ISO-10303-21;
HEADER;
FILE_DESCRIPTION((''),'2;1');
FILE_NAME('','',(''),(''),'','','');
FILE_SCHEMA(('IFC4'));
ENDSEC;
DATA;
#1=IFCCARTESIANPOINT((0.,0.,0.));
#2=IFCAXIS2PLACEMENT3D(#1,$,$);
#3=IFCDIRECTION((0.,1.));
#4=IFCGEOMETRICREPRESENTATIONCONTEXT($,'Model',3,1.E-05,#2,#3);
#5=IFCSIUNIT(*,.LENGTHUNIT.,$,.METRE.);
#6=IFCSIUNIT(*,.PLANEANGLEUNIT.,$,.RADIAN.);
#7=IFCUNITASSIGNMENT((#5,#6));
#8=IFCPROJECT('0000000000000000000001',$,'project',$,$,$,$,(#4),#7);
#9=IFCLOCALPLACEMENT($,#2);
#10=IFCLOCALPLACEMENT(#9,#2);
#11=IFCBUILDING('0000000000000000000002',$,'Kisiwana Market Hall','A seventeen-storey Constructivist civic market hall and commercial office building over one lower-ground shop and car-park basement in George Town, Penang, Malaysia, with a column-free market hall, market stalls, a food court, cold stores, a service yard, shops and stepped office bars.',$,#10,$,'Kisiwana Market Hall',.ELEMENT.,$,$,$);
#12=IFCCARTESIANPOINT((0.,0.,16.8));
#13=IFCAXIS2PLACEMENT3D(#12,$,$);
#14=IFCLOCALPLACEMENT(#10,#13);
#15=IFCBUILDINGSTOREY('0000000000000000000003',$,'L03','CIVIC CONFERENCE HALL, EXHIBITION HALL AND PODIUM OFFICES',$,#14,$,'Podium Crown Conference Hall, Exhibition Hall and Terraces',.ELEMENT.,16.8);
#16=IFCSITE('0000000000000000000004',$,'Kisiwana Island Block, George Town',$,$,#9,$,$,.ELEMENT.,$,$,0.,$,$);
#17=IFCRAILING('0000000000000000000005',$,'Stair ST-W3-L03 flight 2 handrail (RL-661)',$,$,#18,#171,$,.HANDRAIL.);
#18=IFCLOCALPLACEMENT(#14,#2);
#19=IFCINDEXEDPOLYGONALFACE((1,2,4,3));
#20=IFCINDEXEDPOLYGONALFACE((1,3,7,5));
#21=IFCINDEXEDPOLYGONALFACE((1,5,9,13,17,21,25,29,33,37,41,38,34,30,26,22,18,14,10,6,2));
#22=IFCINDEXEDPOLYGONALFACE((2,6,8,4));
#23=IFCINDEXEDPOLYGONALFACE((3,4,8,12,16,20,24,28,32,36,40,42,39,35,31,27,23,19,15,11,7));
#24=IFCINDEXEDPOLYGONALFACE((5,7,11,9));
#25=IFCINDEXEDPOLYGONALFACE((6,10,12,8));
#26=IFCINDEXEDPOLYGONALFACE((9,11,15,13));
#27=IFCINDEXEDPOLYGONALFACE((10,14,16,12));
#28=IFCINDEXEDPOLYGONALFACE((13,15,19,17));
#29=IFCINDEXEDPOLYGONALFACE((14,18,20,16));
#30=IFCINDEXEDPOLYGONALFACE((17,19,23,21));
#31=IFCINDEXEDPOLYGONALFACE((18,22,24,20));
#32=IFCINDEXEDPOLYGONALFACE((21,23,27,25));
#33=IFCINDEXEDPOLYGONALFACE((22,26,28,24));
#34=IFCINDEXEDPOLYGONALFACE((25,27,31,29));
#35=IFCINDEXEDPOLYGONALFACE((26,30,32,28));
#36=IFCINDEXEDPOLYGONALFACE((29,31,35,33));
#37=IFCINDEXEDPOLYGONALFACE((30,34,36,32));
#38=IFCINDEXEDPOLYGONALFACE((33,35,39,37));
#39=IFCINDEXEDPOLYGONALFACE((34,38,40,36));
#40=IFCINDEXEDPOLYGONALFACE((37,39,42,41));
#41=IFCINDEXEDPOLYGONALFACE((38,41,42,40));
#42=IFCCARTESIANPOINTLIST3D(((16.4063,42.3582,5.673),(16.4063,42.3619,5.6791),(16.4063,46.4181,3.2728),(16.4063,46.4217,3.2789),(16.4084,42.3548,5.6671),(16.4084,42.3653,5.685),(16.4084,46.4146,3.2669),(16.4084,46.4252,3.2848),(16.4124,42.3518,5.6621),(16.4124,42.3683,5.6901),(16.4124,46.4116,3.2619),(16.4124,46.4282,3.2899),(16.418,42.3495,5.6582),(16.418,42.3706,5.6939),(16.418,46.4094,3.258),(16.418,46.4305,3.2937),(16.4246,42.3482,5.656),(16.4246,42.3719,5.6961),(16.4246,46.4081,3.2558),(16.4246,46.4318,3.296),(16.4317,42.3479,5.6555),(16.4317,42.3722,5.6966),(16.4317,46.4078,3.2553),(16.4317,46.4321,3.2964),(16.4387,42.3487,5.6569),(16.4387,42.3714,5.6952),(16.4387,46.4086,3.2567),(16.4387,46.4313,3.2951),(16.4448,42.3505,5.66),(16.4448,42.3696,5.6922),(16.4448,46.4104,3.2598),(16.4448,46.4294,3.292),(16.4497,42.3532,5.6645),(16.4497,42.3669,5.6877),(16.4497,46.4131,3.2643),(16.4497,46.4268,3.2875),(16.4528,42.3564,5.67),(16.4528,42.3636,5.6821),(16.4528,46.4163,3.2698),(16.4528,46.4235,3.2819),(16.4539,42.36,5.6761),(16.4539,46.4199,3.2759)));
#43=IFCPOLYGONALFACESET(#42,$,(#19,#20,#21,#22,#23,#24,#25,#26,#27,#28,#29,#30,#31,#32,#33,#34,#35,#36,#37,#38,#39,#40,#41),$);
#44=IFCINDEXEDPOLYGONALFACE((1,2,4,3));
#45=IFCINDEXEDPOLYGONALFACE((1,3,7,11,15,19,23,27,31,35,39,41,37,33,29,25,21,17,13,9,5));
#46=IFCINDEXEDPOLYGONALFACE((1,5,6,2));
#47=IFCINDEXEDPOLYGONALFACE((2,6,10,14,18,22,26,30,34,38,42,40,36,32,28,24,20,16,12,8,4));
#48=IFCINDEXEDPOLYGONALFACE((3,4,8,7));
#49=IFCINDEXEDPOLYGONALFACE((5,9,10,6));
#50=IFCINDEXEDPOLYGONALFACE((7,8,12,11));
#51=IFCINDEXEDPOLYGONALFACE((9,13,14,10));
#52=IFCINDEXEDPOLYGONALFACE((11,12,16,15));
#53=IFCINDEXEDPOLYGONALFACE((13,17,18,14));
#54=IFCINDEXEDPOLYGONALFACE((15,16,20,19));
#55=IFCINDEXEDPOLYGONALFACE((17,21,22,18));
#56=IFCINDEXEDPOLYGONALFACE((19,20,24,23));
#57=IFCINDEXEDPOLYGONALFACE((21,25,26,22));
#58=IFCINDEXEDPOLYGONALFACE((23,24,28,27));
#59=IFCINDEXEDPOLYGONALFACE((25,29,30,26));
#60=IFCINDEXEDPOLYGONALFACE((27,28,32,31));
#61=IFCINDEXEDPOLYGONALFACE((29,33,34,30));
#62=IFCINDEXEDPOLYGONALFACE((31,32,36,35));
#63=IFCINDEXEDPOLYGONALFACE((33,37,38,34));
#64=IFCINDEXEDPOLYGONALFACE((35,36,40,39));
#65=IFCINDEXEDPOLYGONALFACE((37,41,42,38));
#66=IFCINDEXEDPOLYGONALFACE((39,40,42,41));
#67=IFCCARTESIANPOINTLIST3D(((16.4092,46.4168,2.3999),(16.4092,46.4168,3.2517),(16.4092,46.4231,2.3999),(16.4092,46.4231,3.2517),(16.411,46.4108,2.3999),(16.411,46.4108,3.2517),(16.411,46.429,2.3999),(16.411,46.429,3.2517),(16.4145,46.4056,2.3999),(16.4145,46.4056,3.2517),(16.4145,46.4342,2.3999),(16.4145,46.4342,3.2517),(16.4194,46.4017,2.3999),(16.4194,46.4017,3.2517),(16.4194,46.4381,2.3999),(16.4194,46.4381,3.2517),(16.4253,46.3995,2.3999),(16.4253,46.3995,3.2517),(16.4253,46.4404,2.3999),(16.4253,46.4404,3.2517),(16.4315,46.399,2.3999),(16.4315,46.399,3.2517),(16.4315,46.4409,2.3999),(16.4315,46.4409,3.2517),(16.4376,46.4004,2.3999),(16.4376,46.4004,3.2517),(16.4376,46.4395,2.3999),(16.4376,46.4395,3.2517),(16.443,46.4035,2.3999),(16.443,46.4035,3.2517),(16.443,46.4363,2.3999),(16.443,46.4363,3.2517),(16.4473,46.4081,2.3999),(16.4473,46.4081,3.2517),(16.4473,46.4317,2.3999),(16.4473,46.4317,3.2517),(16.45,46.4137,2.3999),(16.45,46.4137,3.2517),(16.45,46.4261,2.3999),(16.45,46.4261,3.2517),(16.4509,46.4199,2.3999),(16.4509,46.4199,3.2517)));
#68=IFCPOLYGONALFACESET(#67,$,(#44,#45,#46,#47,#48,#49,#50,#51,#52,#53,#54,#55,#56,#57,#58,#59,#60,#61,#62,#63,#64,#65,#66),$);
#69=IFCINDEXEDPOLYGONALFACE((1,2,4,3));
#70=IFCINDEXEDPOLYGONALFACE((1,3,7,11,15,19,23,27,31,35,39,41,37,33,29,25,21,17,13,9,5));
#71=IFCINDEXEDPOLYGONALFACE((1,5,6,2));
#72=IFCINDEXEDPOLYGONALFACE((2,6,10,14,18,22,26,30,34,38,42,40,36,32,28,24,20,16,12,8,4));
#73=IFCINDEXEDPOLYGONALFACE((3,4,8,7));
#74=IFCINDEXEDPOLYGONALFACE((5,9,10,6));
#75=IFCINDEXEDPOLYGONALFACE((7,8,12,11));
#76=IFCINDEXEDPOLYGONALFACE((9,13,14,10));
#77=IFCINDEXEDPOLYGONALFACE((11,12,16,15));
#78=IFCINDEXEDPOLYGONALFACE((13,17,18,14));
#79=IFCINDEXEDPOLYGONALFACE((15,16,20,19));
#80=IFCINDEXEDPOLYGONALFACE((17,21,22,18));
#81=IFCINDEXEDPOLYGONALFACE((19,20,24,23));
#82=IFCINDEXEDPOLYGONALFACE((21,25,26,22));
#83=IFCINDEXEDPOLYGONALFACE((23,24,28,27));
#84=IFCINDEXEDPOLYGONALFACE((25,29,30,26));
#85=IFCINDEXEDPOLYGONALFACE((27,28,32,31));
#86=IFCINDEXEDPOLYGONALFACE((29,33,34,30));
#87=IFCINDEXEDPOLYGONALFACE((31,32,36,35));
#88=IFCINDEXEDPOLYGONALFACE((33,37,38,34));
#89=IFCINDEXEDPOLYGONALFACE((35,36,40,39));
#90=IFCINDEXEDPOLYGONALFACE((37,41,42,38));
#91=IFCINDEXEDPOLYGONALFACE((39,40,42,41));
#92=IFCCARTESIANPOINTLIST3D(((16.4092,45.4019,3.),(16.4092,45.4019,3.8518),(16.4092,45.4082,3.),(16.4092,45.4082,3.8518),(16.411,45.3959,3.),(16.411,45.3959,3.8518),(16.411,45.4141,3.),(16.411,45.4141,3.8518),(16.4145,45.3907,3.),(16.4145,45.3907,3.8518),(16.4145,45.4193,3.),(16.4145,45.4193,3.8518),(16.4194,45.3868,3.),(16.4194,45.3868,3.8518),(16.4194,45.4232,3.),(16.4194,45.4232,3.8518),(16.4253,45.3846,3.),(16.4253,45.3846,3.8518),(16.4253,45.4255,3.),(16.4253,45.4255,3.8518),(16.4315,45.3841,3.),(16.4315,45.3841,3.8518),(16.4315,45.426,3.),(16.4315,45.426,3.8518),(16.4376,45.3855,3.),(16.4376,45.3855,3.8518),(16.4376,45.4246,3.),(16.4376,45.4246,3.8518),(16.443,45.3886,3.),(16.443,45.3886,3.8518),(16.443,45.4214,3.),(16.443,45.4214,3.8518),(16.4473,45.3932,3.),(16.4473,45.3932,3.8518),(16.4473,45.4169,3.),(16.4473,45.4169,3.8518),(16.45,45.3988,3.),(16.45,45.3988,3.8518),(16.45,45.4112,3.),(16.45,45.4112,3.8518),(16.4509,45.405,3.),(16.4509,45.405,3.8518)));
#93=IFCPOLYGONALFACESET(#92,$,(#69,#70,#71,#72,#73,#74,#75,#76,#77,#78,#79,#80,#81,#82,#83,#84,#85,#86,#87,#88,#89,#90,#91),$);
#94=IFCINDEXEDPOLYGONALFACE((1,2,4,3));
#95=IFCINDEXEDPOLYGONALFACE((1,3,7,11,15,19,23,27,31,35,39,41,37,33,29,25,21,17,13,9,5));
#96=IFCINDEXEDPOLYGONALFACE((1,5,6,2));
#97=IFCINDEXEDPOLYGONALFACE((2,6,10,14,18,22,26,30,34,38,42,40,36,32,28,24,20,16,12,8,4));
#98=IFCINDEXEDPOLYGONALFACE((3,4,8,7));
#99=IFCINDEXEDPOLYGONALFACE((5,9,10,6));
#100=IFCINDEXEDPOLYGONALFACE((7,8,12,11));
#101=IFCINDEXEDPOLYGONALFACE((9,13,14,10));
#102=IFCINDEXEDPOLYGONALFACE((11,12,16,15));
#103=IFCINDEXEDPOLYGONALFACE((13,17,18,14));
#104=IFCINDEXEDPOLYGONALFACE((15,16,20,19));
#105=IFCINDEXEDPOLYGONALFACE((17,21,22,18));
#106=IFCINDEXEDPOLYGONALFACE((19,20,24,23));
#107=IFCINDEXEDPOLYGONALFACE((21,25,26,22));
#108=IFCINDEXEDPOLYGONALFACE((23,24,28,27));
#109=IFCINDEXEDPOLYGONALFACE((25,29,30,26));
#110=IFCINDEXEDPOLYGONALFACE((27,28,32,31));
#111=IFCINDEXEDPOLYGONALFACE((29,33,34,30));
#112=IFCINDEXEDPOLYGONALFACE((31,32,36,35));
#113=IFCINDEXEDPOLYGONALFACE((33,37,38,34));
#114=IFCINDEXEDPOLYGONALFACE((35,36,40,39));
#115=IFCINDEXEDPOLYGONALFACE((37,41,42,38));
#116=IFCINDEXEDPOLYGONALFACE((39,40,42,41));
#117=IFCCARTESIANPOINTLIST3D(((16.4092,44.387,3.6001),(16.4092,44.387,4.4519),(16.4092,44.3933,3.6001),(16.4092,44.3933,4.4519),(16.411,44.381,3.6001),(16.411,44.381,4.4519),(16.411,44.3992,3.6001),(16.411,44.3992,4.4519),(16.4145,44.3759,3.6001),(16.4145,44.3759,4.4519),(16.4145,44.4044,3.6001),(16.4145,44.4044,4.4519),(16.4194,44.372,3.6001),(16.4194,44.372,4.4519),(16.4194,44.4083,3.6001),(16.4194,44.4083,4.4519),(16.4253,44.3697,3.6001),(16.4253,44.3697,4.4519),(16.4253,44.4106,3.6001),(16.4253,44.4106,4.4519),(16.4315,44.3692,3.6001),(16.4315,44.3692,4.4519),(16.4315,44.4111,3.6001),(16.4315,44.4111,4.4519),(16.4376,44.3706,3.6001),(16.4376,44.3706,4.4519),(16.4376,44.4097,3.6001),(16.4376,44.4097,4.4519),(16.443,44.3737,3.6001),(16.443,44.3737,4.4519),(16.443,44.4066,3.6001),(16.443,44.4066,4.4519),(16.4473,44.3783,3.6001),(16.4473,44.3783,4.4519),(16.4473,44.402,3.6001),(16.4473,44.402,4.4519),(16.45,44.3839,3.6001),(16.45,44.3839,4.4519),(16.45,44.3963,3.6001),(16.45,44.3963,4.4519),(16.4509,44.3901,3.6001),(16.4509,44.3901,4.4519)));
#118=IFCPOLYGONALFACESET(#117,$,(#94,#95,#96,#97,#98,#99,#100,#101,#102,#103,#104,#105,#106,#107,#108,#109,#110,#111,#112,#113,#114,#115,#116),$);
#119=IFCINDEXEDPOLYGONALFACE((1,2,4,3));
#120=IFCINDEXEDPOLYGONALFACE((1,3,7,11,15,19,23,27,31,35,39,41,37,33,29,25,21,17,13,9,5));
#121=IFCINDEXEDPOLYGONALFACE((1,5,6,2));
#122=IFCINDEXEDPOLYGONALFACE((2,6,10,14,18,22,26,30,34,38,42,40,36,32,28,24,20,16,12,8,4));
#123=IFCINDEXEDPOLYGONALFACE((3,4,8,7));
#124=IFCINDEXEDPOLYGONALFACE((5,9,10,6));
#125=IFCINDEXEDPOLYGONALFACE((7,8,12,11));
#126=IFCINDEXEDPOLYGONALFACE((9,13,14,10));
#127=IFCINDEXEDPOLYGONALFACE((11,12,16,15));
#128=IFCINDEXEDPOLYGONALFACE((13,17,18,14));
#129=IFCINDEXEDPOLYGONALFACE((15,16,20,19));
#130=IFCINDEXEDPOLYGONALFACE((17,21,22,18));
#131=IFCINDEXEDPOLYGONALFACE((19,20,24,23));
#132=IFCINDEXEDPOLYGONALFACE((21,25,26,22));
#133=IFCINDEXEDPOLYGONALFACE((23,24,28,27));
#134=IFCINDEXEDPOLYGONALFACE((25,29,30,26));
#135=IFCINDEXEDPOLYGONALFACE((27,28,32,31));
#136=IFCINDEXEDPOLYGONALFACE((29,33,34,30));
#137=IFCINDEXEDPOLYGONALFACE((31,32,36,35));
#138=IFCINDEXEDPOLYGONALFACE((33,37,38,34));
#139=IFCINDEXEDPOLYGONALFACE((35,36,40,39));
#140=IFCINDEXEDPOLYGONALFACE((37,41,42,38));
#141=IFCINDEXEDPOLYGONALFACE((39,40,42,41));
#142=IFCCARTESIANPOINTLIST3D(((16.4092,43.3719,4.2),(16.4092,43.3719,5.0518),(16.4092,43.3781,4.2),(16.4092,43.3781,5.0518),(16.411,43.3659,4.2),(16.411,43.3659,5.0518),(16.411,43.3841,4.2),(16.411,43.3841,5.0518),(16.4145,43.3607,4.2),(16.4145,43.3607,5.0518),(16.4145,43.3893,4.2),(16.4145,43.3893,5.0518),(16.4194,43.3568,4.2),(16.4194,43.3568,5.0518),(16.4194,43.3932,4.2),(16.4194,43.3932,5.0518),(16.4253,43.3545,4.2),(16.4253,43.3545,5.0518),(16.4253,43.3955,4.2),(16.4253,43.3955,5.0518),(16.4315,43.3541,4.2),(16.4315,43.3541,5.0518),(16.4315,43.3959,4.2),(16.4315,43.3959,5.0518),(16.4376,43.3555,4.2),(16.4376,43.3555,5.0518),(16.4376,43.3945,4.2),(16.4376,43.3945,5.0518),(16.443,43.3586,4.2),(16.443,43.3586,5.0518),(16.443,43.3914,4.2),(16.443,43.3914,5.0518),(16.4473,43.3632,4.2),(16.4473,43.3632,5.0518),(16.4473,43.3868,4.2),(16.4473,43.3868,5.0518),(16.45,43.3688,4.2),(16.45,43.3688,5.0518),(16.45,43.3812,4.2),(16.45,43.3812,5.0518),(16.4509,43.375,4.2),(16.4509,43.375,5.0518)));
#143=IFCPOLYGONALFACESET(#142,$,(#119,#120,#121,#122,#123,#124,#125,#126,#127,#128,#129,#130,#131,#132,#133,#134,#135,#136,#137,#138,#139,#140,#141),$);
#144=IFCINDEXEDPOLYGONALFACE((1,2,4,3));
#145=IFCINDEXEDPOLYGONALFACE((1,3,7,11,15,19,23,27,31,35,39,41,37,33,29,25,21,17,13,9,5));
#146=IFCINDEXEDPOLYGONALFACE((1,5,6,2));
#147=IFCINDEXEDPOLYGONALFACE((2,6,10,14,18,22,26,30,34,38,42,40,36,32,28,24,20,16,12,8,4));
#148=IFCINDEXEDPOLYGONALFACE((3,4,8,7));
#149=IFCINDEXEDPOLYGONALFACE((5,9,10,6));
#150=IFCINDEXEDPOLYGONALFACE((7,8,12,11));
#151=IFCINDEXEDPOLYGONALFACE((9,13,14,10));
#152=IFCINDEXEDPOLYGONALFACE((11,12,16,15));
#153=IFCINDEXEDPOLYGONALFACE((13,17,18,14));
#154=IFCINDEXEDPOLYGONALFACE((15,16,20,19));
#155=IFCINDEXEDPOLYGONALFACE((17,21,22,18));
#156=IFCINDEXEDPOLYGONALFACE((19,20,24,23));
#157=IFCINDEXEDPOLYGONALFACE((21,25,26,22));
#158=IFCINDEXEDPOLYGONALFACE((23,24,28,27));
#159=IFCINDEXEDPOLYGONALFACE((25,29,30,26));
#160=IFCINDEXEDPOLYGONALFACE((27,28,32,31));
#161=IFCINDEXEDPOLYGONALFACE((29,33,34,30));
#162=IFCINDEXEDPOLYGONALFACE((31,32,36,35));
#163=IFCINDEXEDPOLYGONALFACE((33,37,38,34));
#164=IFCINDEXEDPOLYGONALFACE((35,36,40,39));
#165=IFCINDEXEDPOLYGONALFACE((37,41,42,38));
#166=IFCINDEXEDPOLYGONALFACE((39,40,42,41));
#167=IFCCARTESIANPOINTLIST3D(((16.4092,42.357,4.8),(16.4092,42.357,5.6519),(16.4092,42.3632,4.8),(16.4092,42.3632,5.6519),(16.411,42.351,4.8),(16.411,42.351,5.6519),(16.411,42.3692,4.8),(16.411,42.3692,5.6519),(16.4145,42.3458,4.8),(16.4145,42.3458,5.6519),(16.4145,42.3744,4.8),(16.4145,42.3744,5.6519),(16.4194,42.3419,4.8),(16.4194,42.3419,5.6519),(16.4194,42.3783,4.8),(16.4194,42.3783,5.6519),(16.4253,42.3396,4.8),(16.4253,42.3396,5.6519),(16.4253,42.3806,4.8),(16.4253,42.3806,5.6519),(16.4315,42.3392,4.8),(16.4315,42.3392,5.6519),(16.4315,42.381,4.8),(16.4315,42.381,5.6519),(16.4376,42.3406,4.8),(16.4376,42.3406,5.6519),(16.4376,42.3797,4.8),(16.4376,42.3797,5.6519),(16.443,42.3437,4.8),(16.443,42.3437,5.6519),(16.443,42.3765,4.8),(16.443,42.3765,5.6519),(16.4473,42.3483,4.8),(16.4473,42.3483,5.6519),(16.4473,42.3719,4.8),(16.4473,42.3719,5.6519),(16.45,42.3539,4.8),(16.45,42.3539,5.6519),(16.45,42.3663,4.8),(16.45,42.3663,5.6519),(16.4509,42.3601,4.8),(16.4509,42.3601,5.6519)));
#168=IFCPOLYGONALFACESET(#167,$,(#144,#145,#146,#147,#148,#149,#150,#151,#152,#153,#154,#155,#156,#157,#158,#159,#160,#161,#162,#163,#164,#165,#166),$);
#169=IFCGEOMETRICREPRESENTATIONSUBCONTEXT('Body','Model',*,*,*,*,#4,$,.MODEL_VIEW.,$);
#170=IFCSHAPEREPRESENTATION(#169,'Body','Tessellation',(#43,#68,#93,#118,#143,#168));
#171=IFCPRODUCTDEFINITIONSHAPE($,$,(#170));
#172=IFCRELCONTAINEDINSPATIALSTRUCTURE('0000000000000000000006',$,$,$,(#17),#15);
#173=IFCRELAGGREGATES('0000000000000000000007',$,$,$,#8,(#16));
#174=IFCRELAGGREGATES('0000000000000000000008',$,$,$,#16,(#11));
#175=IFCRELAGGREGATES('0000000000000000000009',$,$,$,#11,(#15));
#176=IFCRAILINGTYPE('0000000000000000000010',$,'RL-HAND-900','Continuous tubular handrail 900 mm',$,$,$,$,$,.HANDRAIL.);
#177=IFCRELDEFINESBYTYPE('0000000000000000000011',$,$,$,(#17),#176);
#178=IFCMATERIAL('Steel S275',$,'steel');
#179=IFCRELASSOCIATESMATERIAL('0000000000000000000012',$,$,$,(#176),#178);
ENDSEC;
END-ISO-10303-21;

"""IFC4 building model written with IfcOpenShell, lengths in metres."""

from ifc_helpers import new_model, si_unit, direction, frame, origin, origin_2d, place, context, subcontext, project, spatial, circle, extrude, material, type_object, element, save


model = new_model("IFC4")

# Units and contexts
model_context = context("Model", 3, precision=1e-05, world=origin(), true_north=direction((0.0, 1.0)))
body_context = subcontext(model_context, "Body", "Model", "MODEL_VIEW")
ifc_project = project(units=[si_unit("LENGTHUNIT", "METRE"), si_unit("PLANEANGLEUNIT", "RADIAN")], contexts=[model_context])

# Site, building, storey
site_placement = place(None, origin())
site = spatial("IfcSite", under=ifc_project, at=site_placement, Name="Kisiwana Island Block, George Town", CompositionType="ELEMENT", RefElevation=0.0)
building_placement = place(site_placement, origin())
building = spatial("IfcBuilding", under=site, at=building_placement, Name="Kisiwana Market Hall", Description="A seventeen-storey Constructivist civic market hall and commercial office building over one lower-ground shop and car-park basement in George Town, Penang, Malaysia, with a column-free market hall, market stalls, a food court, cold stores, a service yard, shops and stepped office bars.", LongName="Kisiwana Market Hall", CompositionType="ELEMENT")
storey_placement = place(building_placement, frame((0.0, 0.0, 16.8)))
storey = spatial("IfcBuildingStorey", under=building, at=storey_placement, Name="L03", Description="CIVIC CONFERENCE HALL, EXHIBITION HALL AND PODIUM OFFICES", LongName="Podium Crown Conference Hall, Exhibition Hall and Terraces", CompositionType="ELEMENT", Elevation=16.8)

# Railing
ifc_material_1 = material(Name="Steel S275", Category="steel")
railing_type_1 = type_object("IfcRailingType", Name="RL-HAND-900", Description="Continuous tubular handrail 900 mm", PredefinedType="HANDRAIL", material=ifc_material_1)
railing_1_placement = place(storey_placement, frame((16.4299, 46.4199, 2.3999)))
element("IfcRailing", 1, at=railing_1_placement, inside=storey, type_object=railing_type_1, Name="Stair ST-W3-L03 flight 2 handrail (RL-661)", PredefinedType="HANDRAIL", context=body_context, shape_type="SweptSolid", body=[
    extrude(circle(Radius=0.0239, at=origin_2d()), frame((0.0, 0.0, 0.876), z_axis=(0.0, -0.860818, 0.508912), x_axis=(1.0, 0.0, 0.0)), (0.0, 0.0, 1.0), 4.7163),
    extrude(circle(Radius=0.021, at=origin_2d()), origin(), (0.0, 0.0, 1.0), 0.8518),
    extrude(circle(Radius=0.021, at=origin_2d()), frame((0.0, -1.0149, 0.6001)), (0.0, 0.0, 1.0), 0.8518),
    extrude(circle(Radius=0.021, at=origin_2d()), frame((0.0, -2.0298, 1.2002)), (0.0, 0.0, 1.0), 0.8518),
    extrude(circle(Radius=0.021, at=origin_2d()), frame((0.0, -3.0449, 1.8)), (0.0, 0.0, 1.0), 0.8518),
    extrude(circle(Radius=0.021, at=origin_2d()), frame((0.0, -4.0598, 2.4001)), (0.0, 0.0, 1.0), 0.8518),
])

save(model, "model.ifc")
